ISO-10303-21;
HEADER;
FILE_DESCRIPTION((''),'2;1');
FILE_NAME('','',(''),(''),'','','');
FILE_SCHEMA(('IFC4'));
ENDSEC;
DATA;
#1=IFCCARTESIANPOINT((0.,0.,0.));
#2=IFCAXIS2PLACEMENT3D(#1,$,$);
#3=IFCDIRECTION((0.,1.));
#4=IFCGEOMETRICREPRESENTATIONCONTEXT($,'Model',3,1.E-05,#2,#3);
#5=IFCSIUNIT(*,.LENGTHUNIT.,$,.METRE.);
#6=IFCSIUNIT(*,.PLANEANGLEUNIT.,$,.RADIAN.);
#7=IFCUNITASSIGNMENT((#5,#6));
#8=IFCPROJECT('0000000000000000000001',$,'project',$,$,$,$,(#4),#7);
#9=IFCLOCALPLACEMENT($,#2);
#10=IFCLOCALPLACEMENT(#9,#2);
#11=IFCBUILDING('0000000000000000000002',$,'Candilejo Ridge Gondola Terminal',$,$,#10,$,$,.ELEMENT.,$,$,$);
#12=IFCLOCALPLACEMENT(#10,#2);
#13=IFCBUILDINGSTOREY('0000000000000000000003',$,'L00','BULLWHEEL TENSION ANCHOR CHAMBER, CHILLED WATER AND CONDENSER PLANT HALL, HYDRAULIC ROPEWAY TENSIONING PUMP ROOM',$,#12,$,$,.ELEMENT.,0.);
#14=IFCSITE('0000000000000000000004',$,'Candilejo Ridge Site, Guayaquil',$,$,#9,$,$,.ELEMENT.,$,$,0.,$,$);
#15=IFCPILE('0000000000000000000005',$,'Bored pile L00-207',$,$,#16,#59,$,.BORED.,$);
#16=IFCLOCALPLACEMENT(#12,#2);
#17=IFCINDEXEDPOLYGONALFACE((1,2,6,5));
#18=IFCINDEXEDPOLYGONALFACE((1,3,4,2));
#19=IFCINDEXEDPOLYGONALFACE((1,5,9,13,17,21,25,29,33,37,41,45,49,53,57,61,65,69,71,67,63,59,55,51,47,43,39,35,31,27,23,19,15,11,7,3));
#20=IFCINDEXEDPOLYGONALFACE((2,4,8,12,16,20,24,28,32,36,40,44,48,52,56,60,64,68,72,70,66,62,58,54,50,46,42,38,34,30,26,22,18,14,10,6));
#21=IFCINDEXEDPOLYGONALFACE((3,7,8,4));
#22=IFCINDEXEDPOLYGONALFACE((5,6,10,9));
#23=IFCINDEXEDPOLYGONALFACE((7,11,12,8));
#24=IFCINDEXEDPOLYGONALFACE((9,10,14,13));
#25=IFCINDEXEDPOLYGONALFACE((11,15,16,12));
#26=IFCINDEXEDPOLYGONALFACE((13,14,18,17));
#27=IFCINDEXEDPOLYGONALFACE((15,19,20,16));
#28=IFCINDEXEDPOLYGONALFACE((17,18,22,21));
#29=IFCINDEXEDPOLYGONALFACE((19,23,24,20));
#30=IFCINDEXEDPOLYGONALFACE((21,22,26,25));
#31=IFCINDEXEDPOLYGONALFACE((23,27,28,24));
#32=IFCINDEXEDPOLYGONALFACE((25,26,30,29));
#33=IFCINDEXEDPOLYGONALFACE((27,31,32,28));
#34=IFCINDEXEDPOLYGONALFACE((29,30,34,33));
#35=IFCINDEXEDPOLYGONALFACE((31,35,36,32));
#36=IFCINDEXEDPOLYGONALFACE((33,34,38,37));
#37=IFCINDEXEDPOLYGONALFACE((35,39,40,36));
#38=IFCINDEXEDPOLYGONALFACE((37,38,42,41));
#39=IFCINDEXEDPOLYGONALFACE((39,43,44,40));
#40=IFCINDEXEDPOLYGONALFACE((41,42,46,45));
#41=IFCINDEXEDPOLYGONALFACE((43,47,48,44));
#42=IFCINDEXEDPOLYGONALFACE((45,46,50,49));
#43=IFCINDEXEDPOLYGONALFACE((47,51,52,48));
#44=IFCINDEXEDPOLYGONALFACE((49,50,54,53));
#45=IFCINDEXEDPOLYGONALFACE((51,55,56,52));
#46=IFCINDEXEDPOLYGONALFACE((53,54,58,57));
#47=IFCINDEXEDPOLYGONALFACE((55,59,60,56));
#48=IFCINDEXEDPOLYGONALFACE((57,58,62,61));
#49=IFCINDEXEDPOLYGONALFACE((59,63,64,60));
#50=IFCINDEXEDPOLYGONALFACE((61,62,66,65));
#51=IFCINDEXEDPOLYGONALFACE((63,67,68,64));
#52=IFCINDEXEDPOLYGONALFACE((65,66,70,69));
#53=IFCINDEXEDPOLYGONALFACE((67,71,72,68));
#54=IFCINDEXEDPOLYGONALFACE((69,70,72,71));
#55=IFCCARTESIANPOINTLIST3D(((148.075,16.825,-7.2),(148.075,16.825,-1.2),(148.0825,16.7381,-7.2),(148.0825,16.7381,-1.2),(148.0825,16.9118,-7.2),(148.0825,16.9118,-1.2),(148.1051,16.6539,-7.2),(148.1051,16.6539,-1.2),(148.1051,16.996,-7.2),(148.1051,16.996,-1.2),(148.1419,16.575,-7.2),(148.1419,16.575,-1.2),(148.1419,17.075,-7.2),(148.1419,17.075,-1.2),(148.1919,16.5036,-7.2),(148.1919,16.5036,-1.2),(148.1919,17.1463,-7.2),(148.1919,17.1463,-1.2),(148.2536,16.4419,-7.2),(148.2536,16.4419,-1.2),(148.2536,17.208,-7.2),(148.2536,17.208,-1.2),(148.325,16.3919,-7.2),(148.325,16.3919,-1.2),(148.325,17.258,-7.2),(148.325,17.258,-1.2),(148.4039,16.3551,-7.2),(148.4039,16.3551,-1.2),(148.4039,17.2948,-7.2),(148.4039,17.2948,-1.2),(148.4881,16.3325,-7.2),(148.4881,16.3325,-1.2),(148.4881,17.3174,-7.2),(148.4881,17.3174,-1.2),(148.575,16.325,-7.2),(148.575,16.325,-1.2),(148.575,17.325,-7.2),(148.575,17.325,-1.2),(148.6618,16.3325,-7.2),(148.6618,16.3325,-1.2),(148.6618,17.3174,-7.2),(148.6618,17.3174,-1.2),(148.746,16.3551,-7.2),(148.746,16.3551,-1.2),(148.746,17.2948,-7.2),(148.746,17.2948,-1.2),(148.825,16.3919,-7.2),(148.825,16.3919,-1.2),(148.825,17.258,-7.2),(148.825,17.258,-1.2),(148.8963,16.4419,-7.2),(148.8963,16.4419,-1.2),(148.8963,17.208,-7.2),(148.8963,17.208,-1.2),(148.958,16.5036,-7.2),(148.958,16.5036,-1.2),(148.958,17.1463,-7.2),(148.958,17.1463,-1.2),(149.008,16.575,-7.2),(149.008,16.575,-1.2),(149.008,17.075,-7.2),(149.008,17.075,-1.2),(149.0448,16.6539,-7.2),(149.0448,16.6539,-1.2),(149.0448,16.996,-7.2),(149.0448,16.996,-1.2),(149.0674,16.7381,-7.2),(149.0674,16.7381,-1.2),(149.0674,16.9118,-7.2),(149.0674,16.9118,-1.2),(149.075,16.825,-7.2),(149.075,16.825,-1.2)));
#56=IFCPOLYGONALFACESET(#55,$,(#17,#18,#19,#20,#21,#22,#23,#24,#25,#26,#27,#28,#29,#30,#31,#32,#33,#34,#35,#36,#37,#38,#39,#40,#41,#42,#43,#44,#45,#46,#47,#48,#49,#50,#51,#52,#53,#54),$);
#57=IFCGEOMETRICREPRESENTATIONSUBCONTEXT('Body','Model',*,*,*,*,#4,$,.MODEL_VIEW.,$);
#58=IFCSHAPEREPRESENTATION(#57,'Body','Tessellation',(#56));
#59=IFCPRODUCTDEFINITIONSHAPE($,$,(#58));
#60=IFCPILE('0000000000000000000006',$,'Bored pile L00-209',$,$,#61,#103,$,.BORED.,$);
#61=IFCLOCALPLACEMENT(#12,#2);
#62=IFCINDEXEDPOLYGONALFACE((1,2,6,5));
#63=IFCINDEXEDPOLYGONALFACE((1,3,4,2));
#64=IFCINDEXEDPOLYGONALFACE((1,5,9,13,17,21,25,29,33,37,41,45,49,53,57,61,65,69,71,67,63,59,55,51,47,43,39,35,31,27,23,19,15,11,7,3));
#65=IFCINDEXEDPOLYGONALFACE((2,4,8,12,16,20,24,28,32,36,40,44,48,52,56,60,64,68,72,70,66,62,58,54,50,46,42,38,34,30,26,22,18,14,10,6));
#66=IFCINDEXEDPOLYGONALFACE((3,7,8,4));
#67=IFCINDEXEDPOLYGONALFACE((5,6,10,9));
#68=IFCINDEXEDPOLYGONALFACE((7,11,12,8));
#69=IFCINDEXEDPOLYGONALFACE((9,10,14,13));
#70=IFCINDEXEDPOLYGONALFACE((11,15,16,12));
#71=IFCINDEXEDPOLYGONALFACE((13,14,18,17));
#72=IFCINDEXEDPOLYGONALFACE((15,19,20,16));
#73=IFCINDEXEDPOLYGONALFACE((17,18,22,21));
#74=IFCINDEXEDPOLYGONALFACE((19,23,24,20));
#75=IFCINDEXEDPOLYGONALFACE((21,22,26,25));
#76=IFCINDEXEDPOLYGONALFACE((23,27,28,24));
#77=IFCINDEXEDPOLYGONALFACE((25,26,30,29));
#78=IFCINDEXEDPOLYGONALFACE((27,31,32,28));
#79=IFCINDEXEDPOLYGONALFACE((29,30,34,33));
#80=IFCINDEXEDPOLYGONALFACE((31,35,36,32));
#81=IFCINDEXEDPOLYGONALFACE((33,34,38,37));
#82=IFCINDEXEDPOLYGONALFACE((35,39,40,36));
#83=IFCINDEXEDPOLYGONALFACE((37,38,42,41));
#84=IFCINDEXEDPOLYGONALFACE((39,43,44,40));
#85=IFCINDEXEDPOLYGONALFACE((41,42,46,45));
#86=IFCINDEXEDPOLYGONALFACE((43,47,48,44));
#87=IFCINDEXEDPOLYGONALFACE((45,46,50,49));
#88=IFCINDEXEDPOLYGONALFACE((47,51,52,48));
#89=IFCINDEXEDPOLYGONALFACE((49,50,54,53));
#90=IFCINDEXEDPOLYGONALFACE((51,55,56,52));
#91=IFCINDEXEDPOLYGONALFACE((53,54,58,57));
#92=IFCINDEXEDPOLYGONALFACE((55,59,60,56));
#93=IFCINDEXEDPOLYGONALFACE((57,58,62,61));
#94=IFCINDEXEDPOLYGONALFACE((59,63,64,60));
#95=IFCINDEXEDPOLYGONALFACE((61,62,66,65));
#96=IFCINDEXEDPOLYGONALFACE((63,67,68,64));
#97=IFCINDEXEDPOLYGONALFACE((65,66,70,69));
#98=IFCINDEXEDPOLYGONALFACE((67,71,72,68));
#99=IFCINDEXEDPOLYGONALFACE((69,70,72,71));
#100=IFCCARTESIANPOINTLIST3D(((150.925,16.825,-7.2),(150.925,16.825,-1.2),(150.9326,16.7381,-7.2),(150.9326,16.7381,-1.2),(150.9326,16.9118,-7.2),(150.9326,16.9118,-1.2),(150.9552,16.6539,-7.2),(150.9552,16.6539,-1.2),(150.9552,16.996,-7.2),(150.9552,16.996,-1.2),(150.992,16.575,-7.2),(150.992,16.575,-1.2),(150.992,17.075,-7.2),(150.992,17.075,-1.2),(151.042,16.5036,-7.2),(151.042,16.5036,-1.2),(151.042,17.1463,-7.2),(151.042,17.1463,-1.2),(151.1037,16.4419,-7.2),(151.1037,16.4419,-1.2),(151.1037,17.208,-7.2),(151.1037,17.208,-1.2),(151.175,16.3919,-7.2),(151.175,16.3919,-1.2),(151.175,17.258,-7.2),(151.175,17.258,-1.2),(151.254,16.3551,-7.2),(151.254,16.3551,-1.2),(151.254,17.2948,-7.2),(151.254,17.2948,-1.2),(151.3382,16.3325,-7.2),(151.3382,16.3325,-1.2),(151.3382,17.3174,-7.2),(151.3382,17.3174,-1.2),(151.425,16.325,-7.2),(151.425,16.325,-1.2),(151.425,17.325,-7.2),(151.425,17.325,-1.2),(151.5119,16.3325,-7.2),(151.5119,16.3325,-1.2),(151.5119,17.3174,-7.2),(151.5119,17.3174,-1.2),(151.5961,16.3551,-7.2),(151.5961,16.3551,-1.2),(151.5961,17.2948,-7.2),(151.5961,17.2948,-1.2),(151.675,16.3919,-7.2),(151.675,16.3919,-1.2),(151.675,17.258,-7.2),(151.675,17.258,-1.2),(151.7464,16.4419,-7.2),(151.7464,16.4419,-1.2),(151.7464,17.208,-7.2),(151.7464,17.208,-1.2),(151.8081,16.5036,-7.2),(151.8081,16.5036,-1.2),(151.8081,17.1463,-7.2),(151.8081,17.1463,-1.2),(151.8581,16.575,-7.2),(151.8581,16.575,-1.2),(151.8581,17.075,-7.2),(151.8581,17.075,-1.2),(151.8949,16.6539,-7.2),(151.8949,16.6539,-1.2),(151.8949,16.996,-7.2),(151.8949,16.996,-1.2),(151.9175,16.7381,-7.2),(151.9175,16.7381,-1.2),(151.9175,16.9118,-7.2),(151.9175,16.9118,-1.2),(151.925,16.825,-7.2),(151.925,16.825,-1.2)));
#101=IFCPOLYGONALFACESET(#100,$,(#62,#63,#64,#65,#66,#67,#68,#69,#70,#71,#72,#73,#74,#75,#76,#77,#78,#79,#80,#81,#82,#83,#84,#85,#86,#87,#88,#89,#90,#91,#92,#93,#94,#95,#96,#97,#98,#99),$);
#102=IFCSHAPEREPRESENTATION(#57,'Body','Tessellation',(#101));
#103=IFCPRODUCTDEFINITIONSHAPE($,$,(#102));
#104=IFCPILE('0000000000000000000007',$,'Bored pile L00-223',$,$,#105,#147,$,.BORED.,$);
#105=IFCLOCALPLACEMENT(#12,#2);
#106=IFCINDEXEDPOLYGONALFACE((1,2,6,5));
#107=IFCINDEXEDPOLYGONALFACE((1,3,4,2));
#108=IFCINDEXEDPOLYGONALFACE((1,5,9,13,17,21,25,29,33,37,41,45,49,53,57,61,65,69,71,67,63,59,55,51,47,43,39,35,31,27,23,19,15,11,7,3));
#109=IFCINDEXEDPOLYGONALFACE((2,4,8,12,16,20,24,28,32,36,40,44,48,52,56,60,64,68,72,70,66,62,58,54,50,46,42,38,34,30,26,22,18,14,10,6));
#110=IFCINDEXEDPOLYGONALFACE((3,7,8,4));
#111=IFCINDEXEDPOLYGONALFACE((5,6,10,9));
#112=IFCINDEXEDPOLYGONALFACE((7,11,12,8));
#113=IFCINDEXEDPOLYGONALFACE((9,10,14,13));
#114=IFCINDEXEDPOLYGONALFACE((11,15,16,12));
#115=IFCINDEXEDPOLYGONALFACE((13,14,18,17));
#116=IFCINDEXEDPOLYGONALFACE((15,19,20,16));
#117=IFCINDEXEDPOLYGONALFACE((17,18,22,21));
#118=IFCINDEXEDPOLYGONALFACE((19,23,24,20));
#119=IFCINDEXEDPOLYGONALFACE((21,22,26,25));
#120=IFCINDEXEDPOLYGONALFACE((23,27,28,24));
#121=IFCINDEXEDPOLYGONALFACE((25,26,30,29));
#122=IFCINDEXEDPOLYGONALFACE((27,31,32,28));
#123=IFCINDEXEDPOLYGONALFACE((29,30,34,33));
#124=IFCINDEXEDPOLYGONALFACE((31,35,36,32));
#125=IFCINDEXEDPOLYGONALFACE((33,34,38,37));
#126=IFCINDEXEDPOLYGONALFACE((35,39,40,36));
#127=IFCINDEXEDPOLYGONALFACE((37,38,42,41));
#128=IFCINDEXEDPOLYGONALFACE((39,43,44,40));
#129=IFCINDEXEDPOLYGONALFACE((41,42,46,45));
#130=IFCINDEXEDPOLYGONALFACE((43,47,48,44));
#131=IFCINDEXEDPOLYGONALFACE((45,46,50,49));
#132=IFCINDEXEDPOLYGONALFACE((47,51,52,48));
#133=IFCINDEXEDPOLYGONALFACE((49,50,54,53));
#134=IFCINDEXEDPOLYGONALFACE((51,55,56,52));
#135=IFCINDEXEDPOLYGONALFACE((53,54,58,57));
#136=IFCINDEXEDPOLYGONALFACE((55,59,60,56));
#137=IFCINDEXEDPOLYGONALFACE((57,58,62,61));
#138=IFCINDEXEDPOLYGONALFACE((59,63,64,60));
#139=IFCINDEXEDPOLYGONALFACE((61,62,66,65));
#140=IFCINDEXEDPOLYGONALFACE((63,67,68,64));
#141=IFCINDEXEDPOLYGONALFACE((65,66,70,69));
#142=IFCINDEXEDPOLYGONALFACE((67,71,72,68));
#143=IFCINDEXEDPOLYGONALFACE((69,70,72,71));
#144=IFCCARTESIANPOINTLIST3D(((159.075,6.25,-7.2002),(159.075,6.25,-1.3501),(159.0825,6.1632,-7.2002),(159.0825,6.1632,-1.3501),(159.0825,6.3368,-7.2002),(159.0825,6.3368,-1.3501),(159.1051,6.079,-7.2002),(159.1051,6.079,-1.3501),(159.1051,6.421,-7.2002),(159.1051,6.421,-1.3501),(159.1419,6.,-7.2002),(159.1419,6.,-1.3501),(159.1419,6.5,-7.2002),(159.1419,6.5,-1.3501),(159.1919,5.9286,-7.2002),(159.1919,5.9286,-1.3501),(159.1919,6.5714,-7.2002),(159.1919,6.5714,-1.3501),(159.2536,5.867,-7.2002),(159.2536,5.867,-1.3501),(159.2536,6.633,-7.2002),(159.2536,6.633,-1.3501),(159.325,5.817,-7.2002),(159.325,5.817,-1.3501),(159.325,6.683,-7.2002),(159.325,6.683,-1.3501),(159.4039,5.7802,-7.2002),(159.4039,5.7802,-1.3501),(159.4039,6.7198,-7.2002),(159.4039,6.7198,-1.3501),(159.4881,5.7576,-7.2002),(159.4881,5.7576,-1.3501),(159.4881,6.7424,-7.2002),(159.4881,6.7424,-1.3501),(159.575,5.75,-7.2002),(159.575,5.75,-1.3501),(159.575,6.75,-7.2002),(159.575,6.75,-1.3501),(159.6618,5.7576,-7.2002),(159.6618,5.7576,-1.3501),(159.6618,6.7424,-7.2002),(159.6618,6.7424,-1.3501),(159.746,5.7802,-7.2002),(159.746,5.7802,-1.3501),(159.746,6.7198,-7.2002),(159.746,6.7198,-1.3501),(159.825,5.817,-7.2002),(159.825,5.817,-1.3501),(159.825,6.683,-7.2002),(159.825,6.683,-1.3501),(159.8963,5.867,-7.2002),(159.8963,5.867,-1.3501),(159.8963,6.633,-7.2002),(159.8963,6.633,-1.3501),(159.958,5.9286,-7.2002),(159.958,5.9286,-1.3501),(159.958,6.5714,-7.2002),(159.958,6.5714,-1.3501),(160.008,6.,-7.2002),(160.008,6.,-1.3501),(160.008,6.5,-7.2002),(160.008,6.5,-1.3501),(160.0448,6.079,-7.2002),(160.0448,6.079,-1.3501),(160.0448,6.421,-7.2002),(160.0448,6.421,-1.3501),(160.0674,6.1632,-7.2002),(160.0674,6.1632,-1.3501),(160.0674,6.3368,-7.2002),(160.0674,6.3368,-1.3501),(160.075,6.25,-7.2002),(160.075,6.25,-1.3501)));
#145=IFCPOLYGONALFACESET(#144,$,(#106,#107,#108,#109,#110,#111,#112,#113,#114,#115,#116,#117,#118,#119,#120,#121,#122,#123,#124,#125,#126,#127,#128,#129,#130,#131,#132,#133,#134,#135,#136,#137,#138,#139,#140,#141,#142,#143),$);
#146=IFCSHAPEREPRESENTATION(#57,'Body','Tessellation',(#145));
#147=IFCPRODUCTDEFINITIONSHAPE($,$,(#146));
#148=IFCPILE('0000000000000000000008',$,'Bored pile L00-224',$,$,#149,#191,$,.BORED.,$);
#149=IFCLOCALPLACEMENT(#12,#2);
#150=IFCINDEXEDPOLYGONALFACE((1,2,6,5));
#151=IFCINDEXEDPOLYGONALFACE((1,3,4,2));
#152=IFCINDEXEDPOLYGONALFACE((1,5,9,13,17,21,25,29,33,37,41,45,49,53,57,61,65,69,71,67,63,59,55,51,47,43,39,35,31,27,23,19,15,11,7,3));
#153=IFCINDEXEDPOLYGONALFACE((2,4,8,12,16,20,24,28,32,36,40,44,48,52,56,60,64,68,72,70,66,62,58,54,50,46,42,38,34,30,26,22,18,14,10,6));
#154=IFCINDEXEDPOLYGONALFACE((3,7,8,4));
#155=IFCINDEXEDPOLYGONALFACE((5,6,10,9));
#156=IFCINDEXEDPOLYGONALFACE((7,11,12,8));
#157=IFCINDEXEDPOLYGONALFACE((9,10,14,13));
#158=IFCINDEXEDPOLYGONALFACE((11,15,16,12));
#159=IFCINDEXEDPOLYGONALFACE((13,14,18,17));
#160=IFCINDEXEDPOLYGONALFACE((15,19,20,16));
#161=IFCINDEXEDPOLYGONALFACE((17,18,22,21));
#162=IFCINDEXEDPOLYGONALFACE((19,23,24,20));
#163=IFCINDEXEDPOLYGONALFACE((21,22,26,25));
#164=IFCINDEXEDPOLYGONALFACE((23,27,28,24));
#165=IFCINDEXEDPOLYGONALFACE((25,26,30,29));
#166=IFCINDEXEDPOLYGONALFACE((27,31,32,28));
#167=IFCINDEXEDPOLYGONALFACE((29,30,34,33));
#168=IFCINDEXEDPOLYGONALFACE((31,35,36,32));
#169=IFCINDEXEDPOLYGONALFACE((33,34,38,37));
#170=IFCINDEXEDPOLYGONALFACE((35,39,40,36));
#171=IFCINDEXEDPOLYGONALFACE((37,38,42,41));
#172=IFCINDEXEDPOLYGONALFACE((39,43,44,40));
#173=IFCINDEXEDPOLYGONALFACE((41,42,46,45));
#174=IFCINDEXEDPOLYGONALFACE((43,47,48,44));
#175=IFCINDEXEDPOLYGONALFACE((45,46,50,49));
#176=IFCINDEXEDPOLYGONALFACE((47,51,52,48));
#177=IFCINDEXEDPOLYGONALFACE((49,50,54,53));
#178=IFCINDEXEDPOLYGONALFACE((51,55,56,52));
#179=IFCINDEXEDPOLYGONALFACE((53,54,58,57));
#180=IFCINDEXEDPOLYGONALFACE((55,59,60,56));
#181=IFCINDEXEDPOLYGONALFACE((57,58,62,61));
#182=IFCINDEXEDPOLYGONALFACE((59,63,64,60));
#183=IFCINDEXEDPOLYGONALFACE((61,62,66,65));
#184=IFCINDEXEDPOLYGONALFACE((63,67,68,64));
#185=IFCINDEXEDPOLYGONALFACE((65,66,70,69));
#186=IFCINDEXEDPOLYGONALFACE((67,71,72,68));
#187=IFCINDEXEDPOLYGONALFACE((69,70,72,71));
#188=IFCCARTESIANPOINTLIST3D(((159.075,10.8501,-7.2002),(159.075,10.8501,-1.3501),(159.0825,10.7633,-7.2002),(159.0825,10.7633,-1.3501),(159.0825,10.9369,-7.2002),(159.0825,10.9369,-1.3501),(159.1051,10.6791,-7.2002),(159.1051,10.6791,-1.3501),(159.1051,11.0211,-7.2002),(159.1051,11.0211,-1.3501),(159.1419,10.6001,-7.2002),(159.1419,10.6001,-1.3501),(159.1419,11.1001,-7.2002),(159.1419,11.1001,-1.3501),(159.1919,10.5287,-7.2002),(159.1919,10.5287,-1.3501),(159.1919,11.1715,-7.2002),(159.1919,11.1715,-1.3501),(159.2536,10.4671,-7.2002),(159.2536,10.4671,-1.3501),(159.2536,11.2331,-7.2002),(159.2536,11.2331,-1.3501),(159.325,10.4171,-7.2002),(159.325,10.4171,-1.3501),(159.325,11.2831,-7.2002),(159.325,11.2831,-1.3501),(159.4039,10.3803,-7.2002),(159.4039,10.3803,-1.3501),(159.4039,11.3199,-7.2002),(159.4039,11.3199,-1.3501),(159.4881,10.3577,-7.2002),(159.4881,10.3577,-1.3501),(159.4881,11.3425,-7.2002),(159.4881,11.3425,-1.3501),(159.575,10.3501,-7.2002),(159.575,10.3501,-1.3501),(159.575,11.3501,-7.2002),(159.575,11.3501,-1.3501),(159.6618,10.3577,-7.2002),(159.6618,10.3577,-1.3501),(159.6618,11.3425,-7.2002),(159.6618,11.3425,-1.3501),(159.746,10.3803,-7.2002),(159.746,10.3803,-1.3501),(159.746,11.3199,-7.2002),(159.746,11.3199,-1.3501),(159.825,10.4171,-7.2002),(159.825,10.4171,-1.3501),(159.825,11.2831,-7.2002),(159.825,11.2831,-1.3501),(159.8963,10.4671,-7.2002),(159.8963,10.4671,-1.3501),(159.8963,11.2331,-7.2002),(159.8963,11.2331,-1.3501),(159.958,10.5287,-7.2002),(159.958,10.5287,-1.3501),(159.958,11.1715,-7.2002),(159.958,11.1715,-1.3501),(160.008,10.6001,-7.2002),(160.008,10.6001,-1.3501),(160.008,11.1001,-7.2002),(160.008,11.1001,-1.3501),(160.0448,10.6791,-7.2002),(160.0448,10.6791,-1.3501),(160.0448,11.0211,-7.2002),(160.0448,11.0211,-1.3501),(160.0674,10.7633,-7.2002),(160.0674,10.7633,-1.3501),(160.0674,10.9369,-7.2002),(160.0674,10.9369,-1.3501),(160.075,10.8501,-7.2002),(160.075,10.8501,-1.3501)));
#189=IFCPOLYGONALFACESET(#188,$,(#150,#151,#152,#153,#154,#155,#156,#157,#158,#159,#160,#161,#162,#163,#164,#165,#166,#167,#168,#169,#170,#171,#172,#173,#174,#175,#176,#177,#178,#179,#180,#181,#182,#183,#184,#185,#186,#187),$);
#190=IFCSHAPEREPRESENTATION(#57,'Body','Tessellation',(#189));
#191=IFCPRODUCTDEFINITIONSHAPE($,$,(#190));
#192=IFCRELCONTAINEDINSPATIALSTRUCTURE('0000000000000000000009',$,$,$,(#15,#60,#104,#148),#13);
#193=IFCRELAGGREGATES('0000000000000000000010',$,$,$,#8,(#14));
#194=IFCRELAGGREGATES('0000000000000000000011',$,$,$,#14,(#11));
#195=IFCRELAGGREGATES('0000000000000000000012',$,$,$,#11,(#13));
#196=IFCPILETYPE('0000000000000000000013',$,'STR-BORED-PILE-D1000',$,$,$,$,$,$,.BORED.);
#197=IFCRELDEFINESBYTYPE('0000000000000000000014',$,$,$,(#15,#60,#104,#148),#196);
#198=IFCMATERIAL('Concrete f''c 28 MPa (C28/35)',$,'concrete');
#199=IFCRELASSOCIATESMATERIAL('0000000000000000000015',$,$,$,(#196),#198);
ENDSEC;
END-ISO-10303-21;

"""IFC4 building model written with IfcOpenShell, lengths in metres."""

from ifc_helpers import new_model, si_unit, direction, frame, origin, origin_2d, place, context, subcontext, project, spatial, circle, extrude, material, material_profile, profile_set, type_object, element, save


model = new_model("IFC4")

# Units and contexts
model_context = context("Model", 3, precision=1e-05, world=origin(), true_north=direction((0.0, 1.0)))
body_context = subcontext(model_context, "Body", "Model", "MODEL_VIEW")
ifc_project = project(units=[si_unit("LENGTHUNIT", "METRE"), si_unit("PLANEANGLEUNIT", "RADIAN")], contexts=[model_context])

# Site, building, storey
site_placement = place(None, origin())
site = spatial("IfcSite", under=ifc_project, at=site_placement, Name="Candilejo Ridge Site, Guayaquil", CompositionType="ELEMENT", RefElevation=0.0)
building_placement = place(site_placement, origin())
building = spatial("IfcBuilding", under=site, at=building_placement, Name="Candilejo Ridge Gondola Terminal", CompositionType="ELEMENT")
storey_placement = place(building_placement, origin())
storey = spatial("IfcBuildingStorey", under=building, at=storey_placement, Name="L00", Description="BULLWHEEL TENSION ANCHOR CHAMBER, CHILLED WATER AND CONDENSER PLANT HALL, HYDRAULIC ROPEWAY TENSIONING PUMP ROOM", CompositionType="ELEMENT", Elevation=0.0)

# Piles
ifc_material_1 = material(Name="Concrete f'c 28 MPa (C28/35)", Category="concrete")
ifc_material_profile_1 = material_profile(ifc_material_1, circle(Radius=0.5, at=origin_2d()))
ifc_profile_set_1 = profile_set([ifc_material_profile_1], Name="Concrete f'c 28 MPa (C28/35)")
pile_type = type_object("IfcPileType", Name="STR-BORED-PILE-D1000", PredefinedType="BORED", material=ifc_profile_set_1)
for number, where, z_axis, x_axis, name in (
    (1, (148.575, 16.825, -1.2), (0.0, 0.0, -1.0), (1.0, 0.0, 0.0), "Bored pile L00-207"),
    (2, (151.425, 16.825, -1.2), (0.0, 0.0, -1.0), (1.0, 0.0, 0.0), "Bored pile L00-209"),
):
    element("IfcPile", number, at=place(storey_placement, frame(where, z_axis=z_axis, x_axis=x_axis)), inside=storey, type_object=pile_type, Name=name, PredefinedType="BORED", context=body_context, shape_type="SweptSolid", body=[
        extrude(circle(Radius=0.5, at=origin_2d()), origin(), (0.0, 0.0, 1.0), 6.0),
    ])
for number, where, z_axis, x_axis, name in (
    (3, (159.575, 6.25, -1.3501), (0.0, 0.0, -1.0), (1.0, 0.0, 0.0), "Bored pile L00-223"),
    (4, (159.575, 10.8501, -1.3501), (0.0, 0.0, -1.0), (1.0, 0.0, 0.0), "Bored pile L00-224"),
):
    element("IfcPile", number, at=place(storey_placement, frame(where, z_axis=z_axis, x_axis=x_axis)), inside=storey, type_object=pile_type, Name=name, PredefinedType="BORED", context=body_context, shape_type="SweptSolid", body=[
        extrude(circle(Radius=0.5, at=origin_2d()), origin(), (0.0, 0.0, 1.0), 5.8501),
    ])

save(model, "model.ifc")
